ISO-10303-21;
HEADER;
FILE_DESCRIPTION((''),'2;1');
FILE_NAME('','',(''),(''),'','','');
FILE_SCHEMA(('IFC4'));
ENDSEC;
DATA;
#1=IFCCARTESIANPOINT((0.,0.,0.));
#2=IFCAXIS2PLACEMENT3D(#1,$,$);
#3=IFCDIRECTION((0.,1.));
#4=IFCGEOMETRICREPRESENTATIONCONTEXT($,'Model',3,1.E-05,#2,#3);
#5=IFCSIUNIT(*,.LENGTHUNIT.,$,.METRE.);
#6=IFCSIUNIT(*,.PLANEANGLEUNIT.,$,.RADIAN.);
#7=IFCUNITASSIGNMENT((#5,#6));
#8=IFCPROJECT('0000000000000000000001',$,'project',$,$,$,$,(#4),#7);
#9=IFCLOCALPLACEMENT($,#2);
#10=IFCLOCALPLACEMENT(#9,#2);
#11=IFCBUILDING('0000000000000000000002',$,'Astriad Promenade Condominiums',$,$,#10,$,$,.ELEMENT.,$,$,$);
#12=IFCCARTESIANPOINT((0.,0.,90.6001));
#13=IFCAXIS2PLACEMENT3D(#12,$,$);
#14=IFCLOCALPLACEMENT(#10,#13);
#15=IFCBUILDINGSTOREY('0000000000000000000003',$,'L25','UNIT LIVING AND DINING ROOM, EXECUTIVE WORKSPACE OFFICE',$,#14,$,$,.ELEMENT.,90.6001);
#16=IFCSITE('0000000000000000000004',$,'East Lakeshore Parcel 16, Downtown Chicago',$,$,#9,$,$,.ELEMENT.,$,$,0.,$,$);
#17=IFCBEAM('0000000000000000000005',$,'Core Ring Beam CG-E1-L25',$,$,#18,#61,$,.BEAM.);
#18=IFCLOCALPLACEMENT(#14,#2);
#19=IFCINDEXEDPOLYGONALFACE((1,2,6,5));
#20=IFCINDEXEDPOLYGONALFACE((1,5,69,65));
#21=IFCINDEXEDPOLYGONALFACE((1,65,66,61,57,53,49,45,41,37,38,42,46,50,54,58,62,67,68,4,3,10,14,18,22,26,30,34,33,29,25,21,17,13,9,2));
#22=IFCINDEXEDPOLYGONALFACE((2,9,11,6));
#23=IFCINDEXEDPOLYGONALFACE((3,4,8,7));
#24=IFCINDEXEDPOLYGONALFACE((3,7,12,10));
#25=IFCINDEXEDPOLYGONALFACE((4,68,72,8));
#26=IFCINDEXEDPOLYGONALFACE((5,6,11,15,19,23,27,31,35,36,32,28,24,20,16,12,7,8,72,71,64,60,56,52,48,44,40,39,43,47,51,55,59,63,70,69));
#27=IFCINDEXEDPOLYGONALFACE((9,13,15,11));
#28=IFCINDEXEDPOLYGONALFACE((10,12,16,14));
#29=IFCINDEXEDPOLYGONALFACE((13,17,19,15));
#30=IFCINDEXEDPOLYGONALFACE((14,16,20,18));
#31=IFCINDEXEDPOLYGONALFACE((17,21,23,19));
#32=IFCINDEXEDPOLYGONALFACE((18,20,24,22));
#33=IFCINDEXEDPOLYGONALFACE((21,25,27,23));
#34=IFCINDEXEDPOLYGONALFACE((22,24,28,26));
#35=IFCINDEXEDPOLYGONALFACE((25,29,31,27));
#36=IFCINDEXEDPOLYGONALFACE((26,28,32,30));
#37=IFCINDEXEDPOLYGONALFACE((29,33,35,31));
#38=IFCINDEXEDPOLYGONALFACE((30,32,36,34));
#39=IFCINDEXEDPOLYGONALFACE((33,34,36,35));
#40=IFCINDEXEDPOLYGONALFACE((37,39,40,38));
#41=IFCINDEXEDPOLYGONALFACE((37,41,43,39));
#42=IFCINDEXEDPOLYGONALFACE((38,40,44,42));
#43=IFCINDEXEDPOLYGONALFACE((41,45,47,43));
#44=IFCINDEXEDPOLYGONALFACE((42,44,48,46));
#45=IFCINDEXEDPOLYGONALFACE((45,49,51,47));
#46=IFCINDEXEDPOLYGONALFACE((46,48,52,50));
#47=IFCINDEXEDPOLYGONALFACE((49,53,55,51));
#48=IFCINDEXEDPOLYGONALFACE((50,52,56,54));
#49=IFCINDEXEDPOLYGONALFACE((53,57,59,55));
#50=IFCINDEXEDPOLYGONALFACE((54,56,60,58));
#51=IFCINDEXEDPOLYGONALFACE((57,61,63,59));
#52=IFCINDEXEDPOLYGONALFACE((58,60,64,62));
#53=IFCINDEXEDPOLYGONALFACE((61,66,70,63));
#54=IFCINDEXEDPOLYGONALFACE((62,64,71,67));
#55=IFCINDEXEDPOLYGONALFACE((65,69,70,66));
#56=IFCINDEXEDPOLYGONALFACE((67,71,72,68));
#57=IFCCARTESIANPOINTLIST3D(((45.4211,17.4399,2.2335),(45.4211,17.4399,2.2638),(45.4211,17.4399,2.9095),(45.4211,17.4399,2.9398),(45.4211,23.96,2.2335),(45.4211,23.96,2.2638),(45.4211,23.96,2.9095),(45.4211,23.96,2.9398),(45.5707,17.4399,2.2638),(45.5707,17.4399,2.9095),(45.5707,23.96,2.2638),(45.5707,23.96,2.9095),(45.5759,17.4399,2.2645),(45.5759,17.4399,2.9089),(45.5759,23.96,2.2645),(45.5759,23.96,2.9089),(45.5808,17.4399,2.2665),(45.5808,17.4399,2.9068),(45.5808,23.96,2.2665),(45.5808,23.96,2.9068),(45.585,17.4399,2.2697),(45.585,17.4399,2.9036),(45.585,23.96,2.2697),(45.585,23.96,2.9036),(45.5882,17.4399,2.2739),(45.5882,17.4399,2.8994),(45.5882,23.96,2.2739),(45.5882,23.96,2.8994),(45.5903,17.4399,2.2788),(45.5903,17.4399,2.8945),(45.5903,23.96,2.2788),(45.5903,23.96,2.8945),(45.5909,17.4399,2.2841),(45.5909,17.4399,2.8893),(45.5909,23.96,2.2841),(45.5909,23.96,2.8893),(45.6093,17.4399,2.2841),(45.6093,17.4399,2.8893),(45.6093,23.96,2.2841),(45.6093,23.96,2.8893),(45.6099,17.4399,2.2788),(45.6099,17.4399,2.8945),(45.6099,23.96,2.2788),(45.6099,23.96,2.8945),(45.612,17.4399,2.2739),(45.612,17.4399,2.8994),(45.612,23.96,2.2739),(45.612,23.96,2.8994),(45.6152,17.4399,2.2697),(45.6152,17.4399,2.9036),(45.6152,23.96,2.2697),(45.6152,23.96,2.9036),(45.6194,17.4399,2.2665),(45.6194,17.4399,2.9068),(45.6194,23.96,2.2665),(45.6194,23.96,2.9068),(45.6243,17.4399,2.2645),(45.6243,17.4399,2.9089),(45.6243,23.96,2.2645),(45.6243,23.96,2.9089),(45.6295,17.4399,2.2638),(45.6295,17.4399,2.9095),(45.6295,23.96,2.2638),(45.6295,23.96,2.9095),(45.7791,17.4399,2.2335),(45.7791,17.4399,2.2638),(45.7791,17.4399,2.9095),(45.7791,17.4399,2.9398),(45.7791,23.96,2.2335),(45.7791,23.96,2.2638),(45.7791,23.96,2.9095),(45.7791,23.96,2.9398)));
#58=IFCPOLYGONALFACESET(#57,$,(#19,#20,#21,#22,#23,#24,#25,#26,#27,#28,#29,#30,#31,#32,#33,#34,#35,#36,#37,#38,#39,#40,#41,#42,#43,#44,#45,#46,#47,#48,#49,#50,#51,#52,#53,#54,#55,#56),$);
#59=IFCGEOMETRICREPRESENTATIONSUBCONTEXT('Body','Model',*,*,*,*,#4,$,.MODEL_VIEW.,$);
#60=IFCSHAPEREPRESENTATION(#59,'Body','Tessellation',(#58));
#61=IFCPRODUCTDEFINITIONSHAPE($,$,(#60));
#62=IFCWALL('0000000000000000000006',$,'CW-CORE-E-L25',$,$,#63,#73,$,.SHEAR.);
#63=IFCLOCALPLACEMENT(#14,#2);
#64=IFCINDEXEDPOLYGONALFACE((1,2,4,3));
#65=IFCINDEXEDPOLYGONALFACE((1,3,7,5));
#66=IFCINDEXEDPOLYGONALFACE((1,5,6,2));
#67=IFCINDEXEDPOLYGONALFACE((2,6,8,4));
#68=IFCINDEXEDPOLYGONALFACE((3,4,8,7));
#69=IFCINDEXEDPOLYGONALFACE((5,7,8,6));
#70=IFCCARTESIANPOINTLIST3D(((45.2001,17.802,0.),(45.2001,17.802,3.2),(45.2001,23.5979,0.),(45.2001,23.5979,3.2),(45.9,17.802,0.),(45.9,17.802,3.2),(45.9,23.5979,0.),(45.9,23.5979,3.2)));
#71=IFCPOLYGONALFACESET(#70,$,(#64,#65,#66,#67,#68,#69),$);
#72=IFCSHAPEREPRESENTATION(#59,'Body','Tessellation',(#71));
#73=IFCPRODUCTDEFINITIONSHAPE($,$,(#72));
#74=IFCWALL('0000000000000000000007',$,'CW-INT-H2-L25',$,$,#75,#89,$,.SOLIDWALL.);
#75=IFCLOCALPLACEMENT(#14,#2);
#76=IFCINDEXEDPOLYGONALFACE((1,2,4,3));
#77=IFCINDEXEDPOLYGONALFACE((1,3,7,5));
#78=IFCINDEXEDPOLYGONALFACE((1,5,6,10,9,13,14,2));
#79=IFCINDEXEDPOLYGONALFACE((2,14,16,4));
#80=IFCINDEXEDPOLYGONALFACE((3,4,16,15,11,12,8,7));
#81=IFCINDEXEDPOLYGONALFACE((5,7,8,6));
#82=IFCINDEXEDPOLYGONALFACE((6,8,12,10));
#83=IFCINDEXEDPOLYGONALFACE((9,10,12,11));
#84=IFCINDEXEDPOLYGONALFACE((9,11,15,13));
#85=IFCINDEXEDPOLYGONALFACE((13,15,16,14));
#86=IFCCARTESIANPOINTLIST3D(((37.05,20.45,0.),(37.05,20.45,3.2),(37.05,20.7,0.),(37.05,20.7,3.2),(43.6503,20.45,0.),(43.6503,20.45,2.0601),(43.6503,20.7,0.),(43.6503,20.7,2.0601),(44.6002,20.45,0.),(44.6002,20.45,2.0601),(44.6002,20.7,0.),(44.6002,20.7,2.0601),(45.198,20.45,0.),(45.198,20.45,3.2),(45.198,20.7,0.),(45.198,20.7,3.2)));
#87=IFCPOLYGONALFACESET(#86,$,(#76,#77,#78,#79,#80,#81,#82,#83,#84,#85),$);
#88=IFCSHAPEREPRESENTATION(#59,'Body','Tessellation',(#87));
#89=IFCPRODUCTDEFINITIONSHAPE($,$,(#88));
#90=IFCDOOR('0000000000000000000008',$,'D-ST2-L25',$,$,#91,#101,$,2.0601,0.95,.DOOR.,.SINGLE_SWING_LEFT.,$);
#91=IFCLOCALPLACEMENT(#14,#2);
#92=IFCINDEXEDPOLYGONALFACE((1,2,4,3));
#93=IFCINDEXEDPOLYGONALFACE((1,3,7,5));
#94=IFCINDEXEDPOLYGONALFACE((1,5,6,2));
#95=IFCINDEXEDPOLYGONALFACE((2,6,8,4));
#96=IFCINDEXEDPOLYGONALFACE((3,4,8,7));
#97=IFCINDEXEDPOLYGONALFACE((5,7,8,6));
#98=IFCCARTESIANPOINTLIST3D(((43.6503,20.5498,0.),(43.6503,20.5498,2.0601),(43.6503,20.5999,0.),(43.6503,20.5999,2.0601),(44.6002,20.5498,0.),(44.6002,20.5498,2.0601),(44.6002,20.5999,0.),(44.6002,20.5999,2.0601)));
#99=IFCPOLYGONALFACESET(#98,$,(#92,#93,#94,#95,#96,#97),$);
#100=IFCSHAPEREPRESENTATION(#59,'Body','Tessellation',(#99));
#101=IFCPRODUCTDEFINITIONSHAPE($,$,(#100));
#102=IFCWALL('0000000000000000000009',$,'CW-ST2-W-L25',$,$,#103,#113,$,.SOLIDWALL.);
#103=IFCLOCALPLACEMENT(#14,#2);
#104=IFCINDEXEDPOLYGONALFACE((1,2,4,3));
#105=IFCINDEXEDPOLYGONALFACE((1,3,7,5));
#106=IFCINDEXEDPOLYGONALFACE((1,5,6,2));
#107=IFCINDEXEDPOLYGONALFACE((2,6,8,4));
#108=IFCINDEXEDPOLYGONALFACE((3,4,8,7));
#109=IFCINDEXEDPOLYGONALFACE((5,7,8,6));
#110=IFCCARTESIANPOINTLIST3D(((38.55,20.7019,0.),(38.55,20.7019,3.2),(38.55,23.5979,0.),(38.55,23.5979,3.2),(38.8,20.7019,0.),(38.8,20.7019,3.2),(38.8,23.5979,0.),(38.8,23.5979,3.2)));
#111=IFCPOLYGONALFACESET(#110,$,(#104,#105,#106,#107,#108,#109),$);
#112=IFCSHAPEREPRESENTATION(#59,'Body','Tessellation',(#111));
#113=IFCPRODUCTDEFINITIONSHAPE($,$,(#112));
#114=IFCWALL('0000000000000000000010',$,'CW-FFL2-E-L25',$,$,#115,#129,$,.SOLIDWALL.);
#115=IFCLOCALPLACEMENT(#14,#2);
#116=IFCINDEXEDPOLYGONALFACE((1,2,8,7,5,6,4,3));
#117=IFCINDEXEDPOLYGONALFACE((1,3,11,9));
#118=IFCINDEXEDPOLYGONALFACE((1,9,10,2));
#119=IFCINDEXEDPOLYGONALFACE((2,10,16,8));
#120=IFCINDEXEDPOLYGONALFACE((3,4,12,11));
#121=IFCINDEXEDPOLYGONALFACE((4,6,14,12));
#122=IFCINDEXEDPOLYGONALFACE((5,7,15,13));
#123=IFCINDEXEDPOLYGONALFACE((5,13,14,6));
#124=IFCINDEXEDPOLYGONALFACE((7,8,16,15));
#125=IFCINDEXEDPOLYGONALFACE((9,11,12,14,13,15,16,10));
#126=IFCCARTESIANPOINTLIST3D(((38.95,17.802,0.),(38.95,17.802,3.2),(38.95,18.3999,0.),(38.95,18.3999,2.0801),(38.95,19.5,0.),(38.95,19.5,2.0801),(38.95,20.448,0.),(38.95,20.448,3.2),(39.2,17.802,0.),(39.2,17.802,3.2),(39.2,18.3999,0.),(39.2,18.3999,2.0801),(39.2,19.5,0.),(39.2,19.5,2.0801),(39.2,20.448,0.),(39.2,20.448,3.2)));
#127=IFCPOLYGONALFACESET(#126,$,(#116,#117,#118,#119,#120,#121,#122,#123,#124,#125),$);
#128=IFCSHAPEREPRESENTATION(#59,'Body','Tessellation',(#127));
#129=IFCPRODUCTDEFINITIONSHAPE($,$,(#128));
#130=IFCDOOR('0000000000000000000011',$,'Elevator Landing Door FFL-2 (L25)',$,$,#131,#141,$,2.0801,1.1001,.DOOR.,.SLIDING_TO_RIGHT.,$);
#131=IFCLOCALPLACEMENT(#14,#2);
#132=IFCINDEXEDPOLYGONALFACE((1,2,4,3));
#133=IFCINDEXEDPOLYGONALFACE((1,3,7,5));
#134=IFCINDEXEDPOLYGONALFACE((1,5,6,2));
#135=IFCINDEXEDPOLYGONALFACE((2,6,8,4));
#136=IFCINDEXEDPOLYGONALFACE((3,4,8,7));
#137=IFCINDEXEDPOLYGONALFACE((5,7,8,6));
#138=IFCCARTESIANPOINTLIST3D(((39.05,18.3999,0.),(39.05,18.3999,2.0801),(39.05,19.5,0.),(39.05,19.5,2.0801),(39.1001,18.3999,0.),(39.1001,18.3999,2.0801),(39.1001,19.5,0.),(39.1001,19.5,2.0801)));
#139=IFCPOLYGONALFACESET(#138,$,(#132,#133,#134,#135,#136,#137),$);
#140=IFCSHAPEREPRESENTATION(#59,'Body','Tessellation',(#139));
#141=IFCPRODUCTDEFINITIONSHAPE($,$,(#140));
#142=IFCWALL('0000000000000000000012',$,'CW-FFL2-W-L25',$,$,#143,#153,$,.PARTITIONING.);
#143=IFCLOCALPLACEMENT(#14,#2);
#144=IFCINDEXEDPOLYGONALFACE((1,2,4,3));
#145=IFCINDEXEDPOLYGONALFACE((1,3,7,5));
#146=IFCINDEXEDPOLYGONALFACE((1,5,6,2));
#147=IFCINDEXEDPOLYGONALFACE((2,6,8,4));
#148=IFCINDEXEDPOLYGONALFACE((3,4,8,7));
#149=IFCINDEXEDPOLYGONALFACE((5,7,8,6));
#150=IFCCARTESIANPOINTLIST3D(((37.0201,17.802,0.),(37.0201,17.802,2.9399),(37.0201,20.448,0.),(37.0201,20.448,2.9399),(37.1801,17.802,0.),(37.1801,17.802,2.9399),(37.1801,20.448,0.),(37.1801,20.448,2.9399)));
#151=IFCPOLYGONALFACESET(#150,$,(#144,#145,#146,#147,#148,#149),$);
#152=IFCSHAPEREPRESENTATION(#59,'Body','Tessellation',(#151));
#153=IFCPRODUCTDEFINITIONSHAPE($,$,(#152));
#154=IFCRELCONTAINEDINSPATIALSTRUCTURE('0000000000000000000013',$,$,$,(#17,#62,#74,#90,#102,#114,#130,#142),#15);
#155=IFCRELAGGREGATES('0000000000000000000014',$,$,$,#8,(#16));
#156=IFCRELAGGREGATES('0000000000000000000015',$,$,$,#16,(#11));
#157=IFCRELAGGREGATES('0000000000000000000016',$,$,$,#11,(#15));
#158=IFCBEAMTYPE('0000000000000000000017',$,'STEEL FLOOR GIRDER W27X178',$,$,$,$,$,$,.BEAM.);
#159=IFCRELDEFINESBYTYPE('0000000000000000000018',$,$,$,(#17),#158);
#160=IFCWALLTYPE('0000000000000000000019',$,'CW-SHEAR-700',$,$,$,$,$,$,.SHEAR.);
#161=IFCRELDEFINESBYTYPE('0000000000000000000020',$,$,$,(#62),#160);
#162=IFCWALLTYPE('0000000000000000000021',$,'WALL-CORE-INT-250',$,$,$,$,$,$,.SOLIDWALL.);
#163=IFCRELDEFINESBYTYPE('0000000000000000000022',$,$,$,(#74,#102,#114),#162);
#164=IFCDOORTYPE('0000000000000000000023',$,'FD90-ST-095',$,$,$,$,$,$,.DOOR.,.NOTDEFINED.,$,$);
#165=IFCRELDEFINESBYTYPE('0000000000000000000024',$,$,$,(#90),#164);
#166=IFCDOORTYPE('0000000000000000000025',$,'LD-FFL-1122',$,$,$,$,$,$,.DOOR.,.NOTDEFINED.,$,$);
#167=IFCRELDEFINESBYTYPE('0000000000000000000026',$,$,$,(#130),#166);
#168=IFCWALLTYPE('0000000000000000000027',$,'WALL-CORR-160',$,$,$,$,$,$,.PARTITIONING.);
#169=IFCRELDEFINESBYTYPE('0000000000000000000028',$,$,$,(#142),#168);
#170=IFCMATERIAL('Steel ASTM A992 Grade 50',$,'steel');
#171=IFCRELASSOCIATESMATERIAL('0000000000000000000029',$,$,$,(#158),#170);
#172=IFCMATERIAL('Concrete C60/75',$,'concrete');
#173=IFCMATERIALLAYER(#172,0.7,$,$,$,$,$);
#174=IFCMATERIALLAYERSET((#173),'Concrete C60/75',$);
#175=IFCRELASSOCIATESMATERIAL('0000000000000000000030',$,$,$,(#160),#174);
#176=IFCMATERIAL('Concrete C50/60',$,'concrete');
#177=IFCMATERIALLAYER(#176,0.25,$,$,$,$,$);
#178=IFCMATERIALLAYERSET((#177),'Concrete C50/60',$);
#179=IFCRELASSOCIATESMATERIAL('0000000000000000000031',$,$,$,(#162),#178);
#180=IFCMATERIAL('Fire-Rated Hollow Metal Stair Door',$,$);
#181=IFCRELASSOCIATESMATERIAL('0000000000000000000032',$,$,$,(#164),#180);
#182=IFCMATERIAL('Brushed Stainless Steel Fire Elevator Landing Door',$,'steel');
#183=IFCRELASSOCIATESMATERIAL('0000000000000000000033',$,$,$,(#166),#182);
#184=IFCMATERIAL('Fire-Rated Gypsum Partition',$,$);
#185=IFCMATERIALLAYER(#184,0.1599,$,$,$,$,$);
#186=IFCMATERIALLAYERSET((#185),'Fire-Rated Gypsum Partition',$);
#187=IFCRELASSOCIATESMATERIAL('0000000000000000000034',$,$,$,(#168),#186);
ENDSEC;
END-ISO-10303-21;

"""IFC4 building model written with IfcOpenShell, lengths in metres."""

from ifc_helpers import new_model, si_unit, direction, frame, frame_2d, origin, origin_2d, place, context, subcontext, project, spatial, rectangle, i_section, extrude, source, transform, mapped, material, layer, layer_set, material_profile, profile_set, type_object, type_shapes, element, fill, save


model = new_model("IFC4")

# Units and contexts
model_context = context("Model", 3, precision=1e-05, world=origin(), true_north=direction((0.0, 1.0)))
body_context = subcontext(model_context, "Body", "Model", "MODEL_VIEW")
ifc_project = project(units=[si_unit("LENGTHUNIT", "METRE"), si_unit("PLANEANGLEUNIT", "RADIAN")], contexts=[model_context])

# Site, building, storey
site_placement = place(None, origin())
site = spatial("IfcSite", under=ifc_project, at=site_placement, Name="East Lakeshore Parcel 16, Downtown Chicago", CompositionType="ELEMENT", RefElevation=0.0)
building_placement = place(site_placement, origin())
building = spatial("IfcBuilding", under=site, at=building_placement, Name="Astriad Promenade Condominiums", CompositionType="ELEMENT")
storey_placement = place(building_placement, frame((0.0, 0.0, 90.6001)))
storey = spatial("IfcBuildingStorey", under=building, at=storey_placement, Name="L25", Description="UNIT LIVING AND DINING ROOM, EXECUTIVE WORKSPACE OFFICE", CompositionType="ELEMENT", Elevation=90.6001)

# Shared definitions
ifc_material_1 = material(Name="Steel ASTM A992 Grade 50", Category="steel")

# Beam
ifc_material_profile_1 = material_profile(ifc_material_1, i_section(OverallWidth=0.3579, OverallDepth=0.7063, WebThickness=0.0183, FlangeThickness=0.0303, FilletRadius=0.0203, at=origin_2d()), Name="W27X178")
ifc_profile_set_1 = profile_set([ifc_material_profile_1], Name="Steel ASTM A992 Grade 50")
beam_type_1 = type_object("IfcBeamType", Name="STEEL FLOOR GIRDER W27X178", PredefinedType="BEAM", material=ifc_profile_set_1)
shared_shape_1 = source(origin(), body_context, "Body", "SweptSolid", [
    extrude(i_section(OverallWidth=0.3579, OverallDepth=0.7063, WebThickness=0.0183, FlangeThickness=0.0303, FilletRadius=0.0203, at=origin_2d()), origin(), (0.0, 0.0, 1.0), 6.52),
])
type_shapes(beam_type_1, [shared_shape_1])
beam_1_placement = place(storey_placement, frame((45.6001, 17.4399, 2.5867), z_axis=(0.0, 1.0, 0.0), x_axis=(-1.0, 0.0, 0.0)))
element("IfcBeam", 1, at=beam_1_placement, inside=storey, type_object=beam_type_1, Name="Core Ring Beam CG-E1-L25", PredefinedType="BEAM", context=body_context, shape_type="MappedRepresentation", body=[
    mapped(shared_shape_1, transform((0.0, 0.0, 0.0), scale=1.0)),
])

# Wall
ifc_material_2 = material(Name="Concrete C60/75", Category="concrete")
ifc_layer_1 = layer(ifc_material_2, 0.7)
ifc_layer_set_1 = layer_set([ifc_layer_1], Name="Concrete C60/75")
wall_type_1 = type_object("IfcWallType", Name="CW-SHEAR-700", PredefinedType="SHEAR", material=ifc_layer_set_1)
wall_1_placement = place(storey_placement, frame((45.55, 17.802, 0.0), z_axis=(0.0, 0.0, 1.0), x_axis=(0.0, 1.0, 0.0)))
element("IfcWall", 2, at=wall_1_placement, inside=storey, type_object=wall_type_1, Name="CW-CORE-E-L25", PredefinedType="SHEAR", context=body_context, shape_type="SweptSolid", body=[
    extrude(rectangle(XDim=5.7959, YDim=0.7, at=frame_2d((2.8979, 0.0))), origin(), (0.0, 0.0, 1.0), 3.2),
])

# Wall, opening, door
ifc_material_3 = material(Name="Concrete C50/60", Category="concrete")
ifc_layer_2 = layer(ifc_material_3, 0.25)
ifc_layer_set_2 = layer_set([ifc_layer_2], Name="Concrete C50/60")
wall_type_2 = type_object("IfcWallType", Name="WALL-CORE-INT-250", PredefinedType="SOLIDWALL", material=ifc_layer_set_2)
wall_2_placement = place(storey_placement, frame((37.05, 20.575, 0.0), z_axis=(0.0, 0.0, 1.0), x_axis=(1.0, 0.0, 0.0)))
wall_2 = element("IfcWall", 3, at=wall_2_placement, inside=storey, type_object=wall_type_2, Name="CW-INT-H2-L25", PredefinedType="SOLIDWALL", context=body_context, shape_type="SweptSolid", body=[
    extrude(rectangle(XDim=8.1479, YDim=0.25, at=frame_2d((4.074, 0.0))), origin(), (0.0, 0.0, 1.0), 3.2),
])
opening_1_placement = place(wall_2_placement, frame((6.6001, 0.0, 0.0)))
opening_1 = element("IfcOpeningElement", 4, at=opening_1_placement, cuts=wall_2, PredefinedType="OPENING", context=body_context, shape_type="SweptSolid", body=[
    extrude(rectangle(XDim=0.95, YDim=2.0601, at=frame_2d((0.4751, 1.03))), frame((0.0, 0.135, 0.0), z_axis=(0.0, -1.0, 0.0), x_axis=(1.0, 0.0, 0.0)), (0.0, 0.0, 1.0), 0.27),
])
ifc_material_4 = material(Name="Fire-Rated Hollow Metal Stair Door")
door_type_1 = type_object("IfcDoorType", Name="FD90-ST-095", OperationType="NOTDEFINED", PredefinedType="DOOR", material=ifc_material_4)
shared_shape_2 = source(origin(), body_context, "Body", "SweptSolid", [
    extrude(rectangle(XDim=0.95, YDim=2.0601, at=frame_2d((0.4751, 1.03))), frame((0.0, 0.0249, 0.0), z_axis=(0.0, -1.0, 0.0), x_axis=(1.0, 0.0, 0.0)), (0.0, 0.0, 1.0), 0.05),
])
type_shapes(door_type_1, [shared_shape_2])
door_1_placement = place(opening_1_placement, origin())
door_1 = element("IfcDoor", 5, at=door_1_placement, inside=storey, type_object=door_type_1, Name="D-ST2-L25", OperationType="SINGLE_SWING_LEFT", OverallHeight=2.0601, OverallWidth=0.95, PredefinedType="DOOR", context=body_context, shape_type="MappedRepresentation", body=[
    mapped(shared_shape_2, transform((0.0, 0.0, 0.0), scale=1.0)),
])
fill(opening_1, door_1)

# Wall
wall_3_placement = place(storey_placement, frame((38.675, 20.7019, 0.0), z_axis=(0.0, 0.0, 1.0), x_axis=(0.0, 1.0, 0.0)))
element("IfcWall", 6, at=wall_3_placement, inside=storey, type_object=wall_type_2, Name="CW-ST2-W-L25", PredefinedType="SOLIDWALL", context=body_context, shape_type="SweptSolid", body=[
    extrude(rectangle(XDim=2.896, YDim=0.25, at=frame_2d((1.448, 0.0))), origin(), (0.0, 0.0, 1.0), 3.2),
])

# Wall, opening, door
wall_4_placement = place(storey_placement, frame((39.075, 17.802, 0.0), z_axis=(0.0, 0.0, 1.0), x_axis=(0.0, 1.0, 0.0)))
wall_4 = element("IfcWall", 7, at=wall_4_placement, inside=storey, type_object=wall_type_2, Name="CW-FFL2-E-L25", PredefinedType="SOLIDWALL", context=body_context, shape_type="SweptSolid", body=[
    extrude(rectangle(XDim=2.646, YDim=0.25, at=frame_2d((1.323, 0.0))), origin(), (0.0, 0.0, 1.0), 3.2),
])
opening_2_placement = place(wall_4_placement, frame((0.5979, 0.0, 0.0)))
opening_2 = element("IfcOpeningElement", 8, at=opening_2_placement, cuts=wall_4, PredefinedType="OPENING", context=body_context, shape_type="SweptSolid", body=[
    extrude(rectangle(XDim=1.1001, YDim=2.0801, at=frame_2d((0.55, 1.04))), frame((0.0, 0.135, 0.0), z_axis=(0.0, -1.0, 0.0), x_axis=(1.0, 0.0, 0.0)), (0.0, 0.0, 1.0), 0.27),
])
ifc_material_5 = material(Name="Brushed Stainless Steel Fire Elevator Landing Door", Category="steel")
door_type_2 = type_object("IfcDoorType", Name="LD-FFL-1122", OperationType="NOTDEFINED", PredefinedType="DOOR", material=ifc_material_5)
shared_shape_3 = source(origin(), body_context, "Body", "SweptSolid", [
    extrude(rectangle(XDim=1.1001, YDim=2.0801, at=frame_2d((0.55, 1.04))), frame((0.0, 0.0249, 0.0), z_axis=(0.0, -1.0, 0.0), x_axis=(1.0, 0.0, 0.0)), (0.0, 0.0, 1.0), 0.05),
])
type_shapes(door_type_2, [shared_shape_3])
door_2_placement = place(opening_2_placement, origin())
door_2 = element("IfcDoor", 9, at=door_2_placement, inside=storey, type_object=door_type_2, Name="Elevator Landing Door FFL-2 (L25)", OperationType="SLIDING_TO_RIGHT", OverallHeight=2.0801, OverallWidth=1.1001, PredefinedType="DOOR", context=body_context, shape_type="MappedRepresentation", body=[
    mapped(shared_shape_3, transform((0.0, 0.0, 0.0), scale=1.0)),
])
fill(opening_2, door_2)

# Wall
ifc_material_6 = material(Name="Fire-Rated Gypsum Partition")
ifc_layer_3 = layer(ifc_material_6, 0.1599)
ifc_layer_set_3 = layer_set([ifc_layer_3], Name="Fire-Rated Gypsum Partition")
wall_type_3 = type_object("IfcWallType", Name="WALL-CORR-160", PredefinedType="PARTITIONING", material=ifc_layer_set_3)
wall_5_placement = place(storey_placement, frame((37.1001, 17.802, 0.0), z_axis=(0.0, 0.0, 1.0), x_axis=(0.0, 1.0, 0.0)))
element("IfcWall", 10, at=wall_5_placement, inside=storey, type_object=wall_type_3, Name="CW-FFL2-W-L25", PredefinedType="PARTITIONING", context=body_context, shape_type="SweptSolid", body=[
    extrude(rectangle(XDim=2.646, YDim=0.1599, at=frame_2d((1.323, 0.0))), origin(), (0.0, 0.0, 1.0), 2.9399),
])

save(model, "model.ifc")
